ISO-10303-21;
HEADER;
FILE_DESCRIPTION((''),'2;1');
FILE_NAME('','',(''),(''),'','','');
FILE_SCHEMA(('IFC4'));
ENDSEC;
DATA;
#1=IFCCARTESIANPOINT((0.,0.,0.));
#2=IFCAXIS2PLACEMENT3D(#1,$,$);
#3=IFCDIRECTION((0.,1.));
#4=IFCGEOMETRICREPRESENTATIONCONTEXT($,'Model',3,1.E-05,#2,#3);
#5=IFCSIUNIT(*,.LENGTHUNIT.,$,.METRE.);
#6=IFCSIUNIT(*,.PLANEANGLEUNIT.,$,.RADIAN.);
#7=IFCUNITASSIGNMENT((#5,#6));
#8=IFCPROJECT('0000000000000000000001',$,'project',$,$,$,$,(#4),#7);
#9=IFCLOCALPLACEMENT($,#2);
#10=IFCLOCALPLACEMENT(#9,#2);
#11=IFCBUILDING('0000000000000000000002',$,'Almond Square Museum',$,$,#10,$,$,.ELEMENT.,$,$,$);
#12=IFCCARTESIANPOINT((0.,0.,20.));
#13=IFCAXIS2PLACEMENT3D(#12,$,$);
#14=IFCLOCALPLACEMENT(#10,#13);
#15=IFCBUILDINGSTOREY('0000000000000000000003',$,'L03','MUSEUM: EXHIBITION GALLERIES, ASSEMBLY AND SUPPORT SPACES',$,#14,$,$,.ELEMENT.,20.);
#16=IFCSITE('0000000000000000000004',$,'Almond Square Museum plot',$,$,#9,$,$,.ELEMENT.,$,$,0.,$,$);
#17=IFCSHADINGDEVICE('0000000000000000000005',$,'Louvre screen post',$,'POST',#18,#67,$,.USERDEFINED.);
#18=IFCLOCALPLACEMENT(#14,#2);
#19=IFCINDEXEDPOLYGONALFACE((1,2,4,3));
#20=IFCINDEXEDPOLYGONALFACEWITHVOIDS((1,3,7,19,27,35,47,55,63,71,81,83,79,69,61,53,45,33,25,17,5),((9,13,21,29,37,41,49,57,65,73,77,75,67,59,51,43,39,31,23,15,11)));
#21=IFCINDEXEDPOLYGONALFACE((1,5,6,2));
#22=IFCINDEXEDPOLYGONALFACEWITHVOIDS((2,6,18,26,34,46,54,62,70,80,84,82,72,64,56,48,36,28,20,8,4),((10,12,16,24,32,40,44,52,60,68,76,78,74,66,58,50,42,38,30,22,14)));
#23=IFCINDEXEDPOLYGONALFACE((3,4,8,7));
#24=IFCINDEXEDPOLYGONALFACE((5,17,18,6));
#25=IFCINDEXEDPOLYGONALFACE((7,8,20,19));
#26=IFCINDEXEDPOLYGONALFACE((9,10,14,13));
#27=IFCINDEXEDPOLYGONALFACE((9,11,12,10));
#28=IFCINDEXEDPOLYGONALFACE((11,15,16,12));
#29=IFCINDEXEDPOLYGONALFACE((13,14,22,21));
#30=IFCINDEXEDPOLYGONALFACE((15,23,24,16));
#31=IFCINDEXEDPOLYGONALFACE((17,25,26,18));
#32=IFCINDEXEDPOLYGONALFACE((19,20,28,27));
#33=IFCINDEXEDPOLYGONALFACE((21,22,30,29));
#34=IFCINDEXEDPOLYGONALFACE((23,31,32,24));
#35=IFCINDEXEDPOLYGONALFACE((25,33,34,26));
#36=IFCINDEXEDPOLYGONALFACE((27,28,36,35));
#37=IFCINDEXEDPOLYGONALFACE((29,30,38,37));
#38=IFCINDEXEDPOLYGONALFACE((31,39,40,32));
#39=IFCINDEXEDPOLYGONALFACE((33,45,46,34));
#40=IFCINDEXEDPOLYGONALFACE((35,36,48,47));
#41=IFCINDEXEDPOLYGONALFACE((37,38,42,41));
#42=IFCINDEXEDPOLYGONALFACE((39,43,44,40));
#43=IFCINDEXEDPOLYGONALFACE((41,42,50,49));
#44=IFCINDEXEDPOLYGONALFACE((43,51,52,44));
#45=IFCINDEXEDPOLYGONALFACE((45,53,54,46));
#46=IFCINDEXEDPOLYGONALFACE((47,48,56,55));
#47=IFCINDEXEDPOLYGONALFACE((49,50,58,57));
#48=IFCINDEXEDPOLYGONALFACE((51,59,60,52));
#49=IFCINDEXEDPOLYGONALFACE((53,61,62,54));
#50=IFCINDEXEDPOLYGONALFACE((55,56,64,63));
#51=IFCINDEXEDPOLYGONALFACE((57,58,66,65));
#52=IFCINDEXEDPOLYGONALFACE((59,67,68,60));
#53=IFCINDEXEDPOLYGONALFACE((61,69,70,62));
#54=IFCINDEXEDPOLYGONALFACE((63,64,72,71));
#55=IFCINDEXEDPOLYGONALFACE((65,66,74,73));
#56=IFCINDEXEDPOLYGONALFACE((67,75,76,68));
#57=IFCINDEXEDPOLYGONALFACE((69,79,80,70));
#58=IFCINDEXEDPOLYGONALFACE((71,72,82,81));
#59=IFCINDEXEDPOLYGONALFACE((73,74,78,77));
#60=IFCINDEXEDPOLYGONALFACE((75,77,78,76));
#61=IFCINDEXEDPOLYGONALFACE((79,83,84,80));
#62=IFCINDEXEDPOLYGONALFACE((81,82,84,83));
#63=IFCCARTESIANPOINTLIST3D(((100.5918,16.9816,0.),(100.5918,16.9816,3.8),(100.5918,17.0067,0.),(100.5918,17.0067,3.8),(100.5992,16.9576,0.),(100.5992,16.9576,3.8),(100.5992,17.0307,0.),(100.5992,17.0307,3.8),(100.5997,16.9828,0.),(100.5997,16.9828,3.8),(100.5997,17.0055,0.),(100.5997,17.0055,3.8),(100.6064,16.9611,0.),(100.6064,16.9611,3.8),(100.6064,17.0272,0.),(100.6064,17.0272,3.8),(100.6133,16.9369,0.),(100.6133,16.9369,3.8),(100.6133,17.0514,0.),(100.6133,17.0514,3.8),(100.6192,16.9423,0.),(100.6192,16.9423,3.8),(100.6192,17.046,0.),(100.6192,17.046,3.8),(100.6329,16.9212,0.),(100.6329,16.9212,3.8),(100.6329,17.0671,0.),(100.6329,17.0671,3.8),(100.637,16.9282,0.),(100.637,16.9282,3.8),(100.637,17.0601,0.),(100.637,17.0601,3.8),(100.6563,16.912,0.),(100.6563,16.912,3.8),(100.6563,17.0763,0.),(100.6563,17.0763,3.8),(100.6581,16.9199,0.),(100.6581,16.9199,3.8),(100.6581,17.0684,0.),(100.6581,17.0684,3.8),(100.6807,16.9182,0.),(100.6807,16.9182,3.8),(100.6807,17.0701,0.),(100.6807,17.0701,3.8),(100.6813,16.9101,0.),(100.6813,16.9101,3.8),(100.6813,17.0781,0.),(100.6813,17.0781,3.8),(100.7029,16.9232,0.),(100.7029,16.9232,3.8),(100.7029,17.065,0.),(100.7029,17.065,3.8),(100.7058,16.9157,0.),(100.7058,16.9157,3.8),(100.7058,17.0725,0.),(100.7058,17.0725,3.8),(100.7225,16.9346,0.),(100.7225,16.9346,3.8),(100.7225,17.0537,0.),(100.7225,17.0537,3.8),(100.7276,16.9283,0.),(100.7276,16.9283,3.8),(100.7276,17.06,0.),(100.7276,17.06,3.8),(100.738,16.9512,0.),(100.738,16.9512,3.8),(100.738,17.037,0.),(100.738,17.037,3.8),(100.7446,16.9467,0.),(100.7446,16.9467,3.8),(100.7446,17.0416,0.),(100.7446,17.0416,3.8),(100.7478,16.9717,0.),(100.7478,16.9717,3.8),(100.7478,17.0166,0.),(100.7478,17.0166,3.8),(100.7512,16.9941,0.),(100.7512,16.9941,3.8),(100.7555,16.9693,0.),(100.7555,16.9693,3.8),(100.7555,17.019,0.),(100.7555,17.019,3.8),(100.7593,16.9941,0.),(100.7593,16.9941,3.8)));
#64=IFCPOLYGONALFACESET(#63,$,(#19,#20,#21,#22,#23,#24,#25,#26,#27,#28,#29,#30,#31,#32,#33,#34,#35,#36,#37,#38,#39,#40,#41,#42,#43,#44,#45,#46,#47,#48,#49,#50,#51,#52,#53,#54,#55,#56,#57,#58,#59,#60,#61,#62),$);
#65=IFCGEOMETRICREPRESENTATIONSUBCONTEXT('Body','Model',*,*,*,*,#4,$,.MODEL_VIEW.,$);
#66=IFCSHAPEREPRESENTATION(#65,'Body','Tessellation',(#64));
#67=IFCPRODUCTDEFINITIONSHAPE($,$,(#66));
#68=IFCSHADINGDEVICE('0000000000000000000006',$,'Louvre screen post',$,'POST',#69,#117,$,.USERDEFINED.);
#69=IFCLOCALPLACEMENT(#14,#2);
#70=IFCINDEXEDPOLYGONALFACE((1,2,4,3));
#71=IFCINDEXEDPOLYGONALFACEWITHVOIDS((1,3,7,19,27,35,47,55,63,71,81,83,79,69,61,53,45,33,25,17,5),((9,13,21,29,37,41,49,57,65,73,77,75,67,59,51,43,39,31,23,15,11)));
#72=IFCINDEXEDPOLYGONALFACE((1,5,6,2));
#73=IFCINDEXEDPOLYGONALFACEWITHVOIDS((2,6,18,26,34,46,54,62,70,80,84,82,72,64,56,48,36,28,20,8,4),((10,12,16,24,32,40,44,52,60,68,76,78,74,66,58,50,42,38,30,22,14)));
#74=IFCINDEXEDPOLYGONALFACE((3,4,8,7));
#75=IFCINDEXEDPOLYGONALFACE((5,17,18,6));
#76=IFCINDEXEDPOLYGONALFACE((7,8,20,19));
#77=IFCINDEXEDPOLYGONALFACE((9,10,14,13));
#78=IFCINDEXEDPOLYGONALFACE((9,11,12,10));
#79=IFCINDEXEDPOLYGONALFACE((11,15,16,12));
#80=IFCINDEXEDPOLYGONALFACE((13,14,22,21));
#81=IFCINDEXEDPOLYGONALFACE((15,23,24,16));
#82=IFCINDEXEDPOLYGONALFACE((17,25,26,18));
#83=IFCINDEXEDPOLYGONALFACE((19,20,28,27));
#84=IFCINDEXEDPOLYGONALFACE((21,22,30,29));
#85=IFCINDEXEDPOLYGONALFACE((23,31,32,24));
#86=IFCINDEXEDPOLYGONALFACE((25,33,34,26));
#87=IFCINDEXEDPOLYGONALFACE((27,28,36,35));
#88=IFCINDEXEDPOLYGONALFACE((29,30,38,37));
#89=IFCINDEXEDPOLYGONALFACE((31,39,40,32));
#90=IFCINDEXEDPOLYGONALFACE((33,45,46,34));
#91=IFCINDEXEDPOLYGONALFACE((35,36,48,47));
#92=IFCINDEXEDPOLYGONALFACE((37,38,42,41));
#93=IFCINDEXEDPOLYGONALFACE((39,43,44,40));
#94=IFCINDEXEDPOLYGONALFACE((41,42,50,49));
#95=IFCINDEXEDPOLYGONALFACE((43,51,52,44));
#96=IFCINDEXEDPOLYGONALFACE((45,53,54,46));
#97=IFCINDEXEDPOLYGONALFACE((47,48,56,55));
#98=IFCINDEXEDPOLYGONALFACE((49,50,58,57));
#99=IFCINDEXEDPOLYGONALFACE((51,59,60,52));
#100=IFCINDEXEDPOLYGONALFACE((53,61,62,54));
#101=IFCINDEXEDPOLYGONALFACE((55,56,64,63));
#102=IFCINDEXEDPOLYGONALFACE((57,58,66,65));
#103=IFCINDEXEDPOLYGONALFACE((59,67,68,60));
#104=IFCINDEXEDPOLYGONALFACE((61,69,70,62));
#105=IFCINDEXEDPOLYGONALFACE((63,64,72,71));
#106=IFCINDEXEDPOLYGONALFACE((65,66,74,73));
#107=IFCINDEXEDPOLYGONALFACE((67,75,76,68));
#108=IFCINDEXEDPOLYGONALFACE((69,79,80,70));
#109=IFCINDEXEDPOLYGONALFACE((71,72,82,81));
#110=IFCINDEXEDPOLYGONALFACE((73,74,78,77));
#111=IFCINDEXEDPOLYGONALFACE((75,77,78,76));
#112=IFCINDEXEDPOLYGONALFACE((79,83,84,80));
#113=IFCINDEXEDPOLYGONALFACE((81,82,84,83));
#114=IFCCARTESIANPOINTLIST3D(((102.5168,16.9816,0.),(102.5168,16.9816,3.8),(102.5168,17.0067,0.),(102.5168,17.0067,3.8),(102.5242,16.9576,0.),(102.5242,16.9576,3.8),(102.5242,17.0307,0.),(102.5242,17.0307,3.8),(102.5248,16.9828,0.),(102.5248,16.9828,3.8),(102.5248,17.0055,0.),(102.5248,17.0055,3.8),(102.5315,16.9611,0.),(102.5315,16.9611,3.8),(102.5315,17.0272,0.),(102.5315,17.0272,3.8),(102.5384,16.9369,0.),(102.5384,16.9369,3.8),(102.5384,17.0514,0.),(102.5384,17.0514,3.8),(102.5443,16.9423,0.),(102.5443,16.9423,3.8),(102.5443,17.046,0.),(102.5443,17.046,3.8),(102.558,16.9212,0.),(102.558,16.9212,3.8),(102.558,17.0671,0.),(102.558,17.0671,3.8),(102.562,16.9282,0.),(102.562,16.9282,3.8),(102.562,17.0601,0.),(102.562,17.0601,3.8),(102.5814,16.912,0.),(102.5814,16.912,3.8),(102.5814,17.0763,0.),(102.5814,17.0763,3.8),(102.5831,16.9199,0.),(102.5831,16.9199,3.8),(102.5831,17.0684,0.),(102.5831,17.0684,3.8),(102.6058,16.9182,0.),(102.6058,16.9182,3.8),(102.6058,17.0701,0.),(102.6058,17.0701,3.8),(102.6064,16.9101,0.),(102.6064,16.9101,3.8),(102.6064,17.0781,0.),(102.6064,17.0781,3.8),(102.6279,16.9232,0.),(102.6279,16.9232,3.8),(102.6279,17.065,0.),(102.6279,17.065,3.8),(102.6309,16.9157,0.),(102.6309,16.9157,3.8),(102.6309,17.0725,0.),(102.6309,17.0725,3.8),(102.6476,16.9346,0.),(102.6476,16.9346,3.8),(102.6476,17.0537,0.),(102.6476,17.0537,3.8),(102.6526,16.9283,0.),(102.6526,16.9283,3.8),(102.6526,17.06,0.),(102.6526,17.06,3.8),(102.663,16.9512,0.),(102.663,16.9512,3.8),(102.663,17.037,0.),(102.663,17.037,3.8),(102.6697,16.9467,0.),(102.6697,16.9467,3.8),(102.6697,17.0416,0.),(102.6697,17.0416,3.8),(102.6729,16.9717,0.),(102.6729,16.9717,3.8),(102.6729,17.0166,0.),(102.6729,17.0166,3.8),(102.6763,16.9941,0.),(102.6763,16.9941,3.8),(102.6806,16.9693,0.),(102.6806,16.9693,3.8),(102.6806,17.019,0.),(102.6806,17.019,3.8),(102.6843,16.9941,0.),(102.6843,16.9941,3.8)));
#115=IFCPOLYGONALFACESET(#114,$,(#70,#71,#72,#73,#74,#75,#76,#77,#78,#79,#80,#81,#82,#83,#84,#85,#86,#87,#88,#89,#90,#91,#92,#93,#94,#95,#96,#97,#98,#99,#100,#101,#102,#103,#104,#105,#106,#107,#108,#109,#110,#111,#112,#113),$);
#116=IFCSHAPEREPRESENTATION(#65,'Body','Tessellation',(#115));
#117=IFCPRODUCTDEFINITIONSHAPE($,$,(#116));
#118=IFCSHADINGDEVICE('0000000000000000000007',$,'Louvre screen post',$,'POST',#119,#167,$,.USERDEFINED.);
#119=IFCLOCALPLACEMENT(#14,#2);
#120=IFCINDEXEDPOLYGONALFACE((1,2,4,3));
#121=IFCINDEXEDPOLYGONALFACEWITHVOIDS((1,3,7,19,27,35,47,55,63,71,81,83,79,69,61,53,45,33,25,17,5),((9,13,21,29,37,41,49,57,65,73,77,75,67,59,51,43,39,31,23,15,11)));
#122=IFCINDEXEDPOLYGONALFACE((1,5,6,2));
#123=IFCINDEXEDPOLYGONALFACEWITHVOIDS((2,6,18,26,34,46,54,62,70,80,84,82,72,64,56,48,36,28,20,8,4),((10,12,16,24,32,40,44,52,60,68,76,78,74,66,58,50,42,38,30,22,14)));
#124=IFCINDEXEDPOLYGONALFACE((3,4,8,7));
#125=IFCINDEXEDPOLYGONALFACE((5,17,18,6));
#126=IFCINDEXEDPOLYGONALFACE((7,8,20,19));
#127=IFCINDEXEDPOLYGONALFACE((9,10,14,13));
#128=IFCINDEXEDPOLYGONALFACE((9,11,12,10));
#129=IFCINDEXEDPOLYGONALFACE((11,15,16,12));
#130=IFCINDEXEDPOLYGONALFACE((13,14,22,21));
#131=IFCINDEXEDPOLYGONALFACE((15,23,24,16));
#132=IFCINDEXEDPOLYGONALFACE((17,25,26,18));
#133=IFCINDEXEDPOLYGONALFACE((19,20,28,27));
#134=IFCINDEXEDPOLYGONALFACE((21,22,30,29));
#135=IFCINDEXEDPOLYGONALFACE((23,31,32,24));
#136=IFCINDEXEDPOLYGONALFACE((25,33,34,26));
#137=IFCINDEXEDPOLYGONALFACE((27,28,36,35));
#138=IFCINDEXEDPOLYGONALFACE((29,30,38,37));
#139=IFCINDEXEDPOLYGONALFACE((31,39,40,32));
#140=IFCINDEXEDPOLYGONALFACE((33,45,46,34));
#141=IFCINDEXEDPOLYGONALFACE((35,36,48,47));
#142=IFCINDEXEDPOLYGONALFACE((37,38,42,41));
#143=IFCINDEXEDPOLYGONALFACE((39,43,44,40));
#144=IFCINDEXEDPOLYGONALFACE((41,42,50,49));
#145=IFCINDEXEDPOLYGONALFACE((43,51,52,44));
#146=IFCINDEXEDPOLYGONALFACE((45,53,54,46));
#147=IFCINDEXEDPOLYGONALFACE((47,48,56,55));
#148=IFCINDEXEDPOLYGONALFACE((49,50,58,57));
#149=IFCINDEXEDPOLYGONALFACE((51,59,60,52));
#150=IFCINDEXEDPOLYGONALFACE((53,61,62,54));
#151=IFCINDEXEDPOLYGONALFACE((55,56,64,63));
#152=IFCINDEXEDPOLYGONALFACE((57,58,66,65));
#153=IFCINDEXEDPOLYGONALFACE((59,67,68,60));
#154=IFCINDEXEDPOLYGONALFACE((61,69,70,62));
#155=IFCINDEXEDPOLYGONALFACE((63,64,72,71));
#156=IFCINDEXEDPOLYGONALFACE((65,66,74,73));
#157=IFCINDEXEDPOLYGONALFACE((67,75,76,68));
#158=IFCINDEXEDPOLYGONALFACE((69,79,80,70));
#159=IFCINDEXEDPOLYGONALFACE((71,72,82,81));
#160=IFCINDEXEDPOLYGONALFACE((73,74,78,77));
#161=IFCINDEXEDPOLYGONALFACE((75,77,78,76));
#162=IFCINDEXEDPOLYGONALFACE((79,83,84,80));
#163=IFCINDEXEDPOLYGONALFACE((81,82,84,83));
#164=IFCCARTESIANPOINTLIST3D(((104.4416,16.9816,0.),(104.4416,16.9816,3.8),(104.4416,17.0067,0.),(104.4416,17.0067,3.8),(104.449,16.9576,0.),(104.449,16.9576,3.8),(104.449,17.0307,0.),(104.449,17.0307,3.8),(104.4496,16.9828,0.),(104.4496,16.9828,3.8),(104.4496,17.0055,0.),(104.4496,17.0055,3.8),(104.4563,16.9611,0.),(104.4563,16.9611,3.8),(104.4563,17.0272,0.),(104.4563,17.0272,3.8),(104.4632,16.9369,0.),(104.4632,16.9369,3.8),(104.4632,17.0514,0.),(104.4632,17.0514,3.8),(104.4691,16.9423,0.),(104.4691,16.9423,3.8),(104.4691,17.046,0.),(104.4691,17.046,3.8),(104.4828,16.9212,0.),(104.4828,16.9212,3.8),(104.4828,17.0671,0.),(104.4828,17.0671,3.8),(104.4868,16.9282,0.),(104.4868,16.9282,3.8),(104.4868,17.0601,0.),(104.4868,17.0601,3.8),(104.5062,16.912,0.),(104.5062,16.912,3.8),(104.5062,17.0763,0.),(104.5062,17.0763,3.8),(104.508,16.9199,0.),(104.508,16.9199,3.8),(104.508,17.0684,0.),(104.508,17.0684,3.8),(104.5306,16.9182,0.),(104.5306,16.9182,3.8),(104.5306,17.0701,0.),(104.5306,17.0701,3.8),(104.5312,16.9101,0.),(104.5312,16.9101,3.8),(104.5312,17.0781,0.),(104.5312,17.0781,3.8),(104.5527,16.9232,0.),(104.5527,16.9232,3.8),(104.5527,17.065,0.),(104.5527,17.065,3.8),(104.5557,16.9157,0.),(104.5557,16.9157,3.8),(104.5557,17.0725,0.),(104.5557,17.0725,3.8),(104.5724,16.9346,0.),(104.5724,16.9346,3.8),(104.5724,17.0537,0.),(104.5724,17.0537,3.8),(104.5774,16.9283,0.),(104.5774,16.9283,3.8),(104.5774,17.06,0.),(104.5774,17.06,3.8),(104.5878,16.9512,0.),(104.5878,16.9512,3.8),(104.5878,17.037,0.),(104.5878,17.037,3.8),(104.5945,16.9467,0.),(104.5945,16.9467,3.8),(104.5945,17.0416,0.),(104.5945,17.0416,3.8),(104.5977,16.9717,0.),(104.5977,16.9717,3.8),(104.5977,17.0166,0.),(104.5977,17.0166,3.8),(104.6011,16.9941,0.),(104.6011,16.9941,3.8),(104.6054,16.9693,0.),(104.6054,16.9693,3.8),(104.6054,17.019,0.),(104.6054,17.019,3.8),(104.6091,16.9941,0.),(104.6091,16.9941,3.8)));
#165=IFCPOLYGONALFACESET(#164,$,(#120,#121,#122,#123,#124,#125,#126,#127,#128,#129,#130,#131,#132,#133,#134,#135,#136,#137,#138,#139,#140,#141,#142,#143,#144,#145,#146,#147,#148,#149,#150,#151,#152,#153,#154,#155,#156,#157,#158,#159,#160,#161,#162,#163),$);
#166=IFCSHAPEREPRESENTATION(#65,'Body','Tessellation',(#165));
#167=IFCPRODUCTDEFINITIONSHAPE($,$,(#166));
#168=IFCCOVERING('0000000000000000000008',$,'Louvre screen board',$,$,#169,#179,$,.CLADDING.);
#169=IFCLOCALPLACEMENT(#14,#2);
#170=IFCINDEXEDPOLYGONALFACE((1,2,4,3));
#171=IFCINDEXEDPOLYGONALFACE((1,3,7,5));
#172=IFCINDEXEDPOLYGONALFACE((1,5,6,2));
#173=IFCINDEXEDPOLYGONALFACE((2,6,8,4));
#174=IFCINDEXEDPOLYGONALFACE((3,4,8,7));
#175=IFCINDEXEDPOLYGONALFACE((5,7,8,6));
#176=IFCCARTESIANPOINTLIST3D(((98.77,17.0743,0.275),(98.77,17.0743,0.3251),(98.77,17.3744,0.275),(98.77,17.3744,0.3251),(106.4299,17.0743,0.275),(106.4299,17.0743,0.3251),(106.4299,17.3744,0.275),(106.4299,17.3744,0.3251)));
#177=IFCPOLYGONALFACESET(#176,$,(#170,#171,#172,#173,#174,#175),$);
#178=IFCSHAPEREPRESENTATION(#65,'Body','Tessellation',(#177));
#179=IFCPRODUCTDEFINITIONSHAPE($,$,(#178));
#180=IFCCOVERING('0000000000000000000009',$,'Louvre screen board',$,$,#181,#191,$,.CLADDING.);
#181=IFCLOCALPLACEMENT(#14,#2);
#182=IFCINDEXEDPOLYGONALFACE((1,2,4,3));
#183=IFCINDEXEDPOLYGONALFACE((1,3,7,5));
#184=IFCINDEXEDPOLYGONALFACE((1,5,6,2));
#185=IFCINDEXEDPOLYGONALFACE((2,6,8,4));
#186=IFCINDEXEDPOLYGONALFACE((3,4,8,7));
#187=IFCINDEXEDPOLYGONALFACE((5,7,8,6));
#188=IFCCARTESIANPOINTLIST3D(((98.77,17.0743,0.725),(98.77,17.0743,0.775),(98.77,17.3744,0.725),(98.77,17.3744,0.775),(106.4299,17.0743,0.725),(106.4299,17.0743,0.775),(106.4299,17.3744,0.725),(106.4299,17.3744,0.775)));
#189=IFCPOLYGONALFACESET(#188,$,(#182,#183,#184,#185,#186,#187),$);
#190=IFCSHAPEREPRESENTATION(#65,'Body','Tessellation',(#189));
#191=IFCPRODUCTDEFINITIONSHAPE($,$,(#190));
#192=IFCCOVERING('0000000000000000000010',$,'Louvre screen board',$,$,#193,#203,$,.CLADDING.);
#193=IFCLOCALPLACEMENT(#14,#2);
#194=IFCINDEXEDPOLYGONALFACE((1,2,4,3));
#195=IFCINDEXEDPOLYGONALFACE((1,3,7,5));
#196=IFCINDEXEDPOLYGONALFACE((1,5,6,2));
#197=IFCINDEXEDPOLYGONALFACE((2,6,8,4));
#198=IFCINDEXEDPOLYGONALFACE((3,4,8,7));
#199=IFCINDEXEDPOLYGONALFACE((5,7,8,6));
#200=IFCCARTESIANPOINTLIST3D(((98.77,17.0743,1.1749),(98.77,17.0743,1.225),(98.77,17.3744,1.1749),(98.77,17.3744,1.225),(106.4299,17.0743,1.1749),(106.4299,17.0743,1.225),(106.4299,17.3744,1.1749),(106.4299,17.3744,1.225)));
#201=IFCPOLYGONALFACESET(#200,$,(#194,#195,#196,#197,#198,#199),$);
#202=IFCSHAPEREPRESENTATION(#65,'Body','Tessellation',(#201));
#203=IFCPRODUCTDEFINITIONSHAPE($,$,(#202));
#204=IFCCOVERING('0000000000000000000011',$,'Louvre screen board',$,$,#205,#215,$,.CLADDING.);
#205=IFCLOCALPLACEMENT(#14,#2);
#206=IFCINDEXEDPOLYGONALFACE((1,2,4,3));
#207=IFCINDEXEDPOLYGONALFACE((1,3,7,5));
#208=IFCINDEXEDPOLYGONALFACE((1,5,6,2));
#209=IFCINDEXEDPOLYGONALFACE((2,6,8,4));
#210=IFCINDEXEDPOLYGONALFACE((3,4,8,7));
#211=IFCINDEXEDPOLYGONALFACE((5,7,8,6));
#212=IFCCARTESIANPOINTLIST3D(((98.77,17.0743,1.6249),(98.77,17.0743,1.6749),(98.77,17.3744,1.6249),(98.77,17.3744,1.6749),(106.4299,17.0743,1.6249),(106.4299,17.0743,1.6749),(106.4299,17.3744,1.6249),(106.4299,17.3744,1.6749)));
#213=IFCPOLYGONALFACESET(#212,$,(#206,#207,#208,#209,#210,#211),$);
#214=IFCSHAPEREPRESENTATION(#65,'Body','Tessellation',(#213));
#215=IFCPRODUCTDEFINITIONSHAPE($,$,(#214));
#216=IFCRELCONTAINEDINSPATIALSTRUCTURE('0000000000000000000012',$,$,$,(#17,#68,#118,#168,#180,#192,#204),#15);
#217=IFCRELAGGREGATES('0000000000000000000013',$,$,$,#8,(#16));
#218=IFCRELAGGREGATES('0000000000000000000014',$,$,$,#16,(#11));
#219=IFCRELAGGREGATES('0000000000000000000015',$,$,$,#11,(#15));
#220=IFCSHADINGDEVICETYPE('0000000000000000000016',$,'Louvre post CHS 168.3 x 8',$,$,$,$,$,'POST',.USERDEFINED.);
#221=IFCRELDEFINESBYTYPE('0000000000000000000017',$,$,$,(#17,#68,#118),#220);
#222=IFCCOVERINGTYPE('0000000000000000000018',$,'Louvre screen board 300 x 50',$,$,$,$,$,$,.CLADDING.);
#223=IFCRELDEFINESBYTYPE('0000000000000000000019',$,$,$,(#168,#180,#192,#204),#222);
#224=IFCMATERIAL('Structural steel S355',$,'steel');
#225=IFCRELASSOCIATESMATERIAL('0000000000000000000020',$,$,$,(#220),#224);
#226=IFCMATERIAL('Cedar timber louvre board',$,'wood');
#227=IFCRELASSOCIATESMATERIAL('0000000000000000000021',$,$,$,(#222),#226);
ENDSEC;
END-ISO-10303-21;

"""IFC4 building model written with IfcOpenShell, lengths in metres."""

from ifc_helpers import new_model, si_unit, direction, frame, origin, origin_2d, place, context, subcontext, project, spatial, rectangle, hollow_circle, extrude, material, material_profile, profile_set, type_object, element, save


model = new_model("IFC4")

# Units and contexts
model_context = context("Model", 3, precision=1e-05, world=origin(), true_north=direction((0.0, 1.0)))
body_context = subcontext(model_context, "Body", "Model", "MODEL_VIEW")
ifc_project = project(units=[si_unit("LENGTHUNIT", "METRE"), si_unit("PLANEANGLEUNIT", "RADIAN")], contexts=[model_context])

# Site, building, storey
site_placement = place(None, origin())
site = spatial("IfcSite", under=ifc_project, at=site_placement, Name="Almond Square Museum plot", CompositionType="ELEMENT", RefElevation=0.0)
building_placement = place(site_placement, origin())
building = spatial("IfcBuilding", under=site, at=building_placement, Name="Almond Square Museum", CompositionType="ELEMENT")
storey_placement = place(building_placement, frame((0.0, 0.0, 20.0)))
storey = spatial("IfcBuildingStorey", under=building, at=storey_placement, Name="L03", Description="MUSEUM: EXHIBITION GALLERIES, ASSEMBLY AND SUPPORT SPACES", CompositionType="ELEMENT", Elevation=20.0)

# Shading devices
ifc_material_1 = material(Name="Structural steel S355", Category="steel")
ifc_material_profile_1 = material_profile(ifc_material_1, hollow_circle(Radius=0.0842, WallThickness=0.0081, at=origin_2d()))
ifc_profile_set_1 = profile_set([ifc_material_profile_1], Name="Structural steel S355")
shading_device_type = type_object("IfcShadingDeviceType", Name="Louvre post CHS 168.3 x 8", ElementType="POST", PredefinedType="USERDEFINED", material=ifc_profile_set_1)
for number, where, z_axis, x_axis, name in (
    (1, (100.675, 16.9941, 0.0), (0.0, 0.0, 1.0), (1.0, 0.0, 0.0), "Louvre screen post"),
    (2, (102.6001, 16.9941, 0.0), (0.0, 0.0, 1.0), (1.0, 0.0, 0.0), "Louvre screen post"),
    (3, (104.5249, 16.9941, 0.0), (0.0, 0.0, 1.0), (1.0, 0.0, 0.0), "Louvre screen post"),
):
    element("IfcShadingDevice", number, at=place(storey_placement, frame(where, z_axis=z_axis, x_axis=x_axis)), inside=storey, type_object=shading_device_type, Name=name, ObjectType="POST", PredefinedType="USERDEFINED", context=body_context, shape_type="SweptSolid", body=[
        extrude(hollow_circle(Radius=0.0842, WallThickness=0.0081, at=origin_2d()), origin(), (0.0, 0.0, 1.0), 3.8),
    ])

# Coverings
ifc_material_2 = material(Name="Cedar timber louvre board", Category="wood")
ifc_material_profile_2 = material_profile(ifc_material_2, rectangle(XDim=0.3, YDim=0.05, at=origin_2d()))
ifc_profile_set_2 = profile_set([ifc_material_profile_2], Name="Cedar timber louvre board")
covering_type = type_object("IfcCoveringType", Name="Louvre screen board 300 x 50", PredefinedType="CLADDING", material=ifc_profile_set_2)
for number, where, z_axis, x_axis, name in (
    (4, (98.77, 17.2244, 0.3), (1.0, 0.0, 0.0), (0.0, 1.0, 0.0), "Louvre screen board"),
    (5, (98.77, 17.2244, 0.75), (1.0, 0.0, 0.0), (0.0, 1.0, 0.0), "Louvre screen board"),
    (6, (98.77, 17.2244, 1.2), (1.0, 0.0, 0.0), (0.0, 1.0, 0.0), "Louvre screen board"),
    (7, (98.77, 17.2244, 1.6499), (1.0, 0.0, 0.0), (0.0, 1.0, 0.0), "Louvre screen board"),
):
    element("IfcCovering", number, at=place(storey_placement, frame(where, z_axis=z_axis, x_axis=x_axis)), inside=storey, type_object=covering_type, Name=name, PredefinedType="CLADDING", context=body_context, shape_type="SweptSolid", body=[
        extrude(rectangle(XDim=0.3, YDim=0.05, at=origin_2d()), origin(), (0.0, 0.0, 1.0), 7.6599),
    ])

save(model, "model.ifc")
